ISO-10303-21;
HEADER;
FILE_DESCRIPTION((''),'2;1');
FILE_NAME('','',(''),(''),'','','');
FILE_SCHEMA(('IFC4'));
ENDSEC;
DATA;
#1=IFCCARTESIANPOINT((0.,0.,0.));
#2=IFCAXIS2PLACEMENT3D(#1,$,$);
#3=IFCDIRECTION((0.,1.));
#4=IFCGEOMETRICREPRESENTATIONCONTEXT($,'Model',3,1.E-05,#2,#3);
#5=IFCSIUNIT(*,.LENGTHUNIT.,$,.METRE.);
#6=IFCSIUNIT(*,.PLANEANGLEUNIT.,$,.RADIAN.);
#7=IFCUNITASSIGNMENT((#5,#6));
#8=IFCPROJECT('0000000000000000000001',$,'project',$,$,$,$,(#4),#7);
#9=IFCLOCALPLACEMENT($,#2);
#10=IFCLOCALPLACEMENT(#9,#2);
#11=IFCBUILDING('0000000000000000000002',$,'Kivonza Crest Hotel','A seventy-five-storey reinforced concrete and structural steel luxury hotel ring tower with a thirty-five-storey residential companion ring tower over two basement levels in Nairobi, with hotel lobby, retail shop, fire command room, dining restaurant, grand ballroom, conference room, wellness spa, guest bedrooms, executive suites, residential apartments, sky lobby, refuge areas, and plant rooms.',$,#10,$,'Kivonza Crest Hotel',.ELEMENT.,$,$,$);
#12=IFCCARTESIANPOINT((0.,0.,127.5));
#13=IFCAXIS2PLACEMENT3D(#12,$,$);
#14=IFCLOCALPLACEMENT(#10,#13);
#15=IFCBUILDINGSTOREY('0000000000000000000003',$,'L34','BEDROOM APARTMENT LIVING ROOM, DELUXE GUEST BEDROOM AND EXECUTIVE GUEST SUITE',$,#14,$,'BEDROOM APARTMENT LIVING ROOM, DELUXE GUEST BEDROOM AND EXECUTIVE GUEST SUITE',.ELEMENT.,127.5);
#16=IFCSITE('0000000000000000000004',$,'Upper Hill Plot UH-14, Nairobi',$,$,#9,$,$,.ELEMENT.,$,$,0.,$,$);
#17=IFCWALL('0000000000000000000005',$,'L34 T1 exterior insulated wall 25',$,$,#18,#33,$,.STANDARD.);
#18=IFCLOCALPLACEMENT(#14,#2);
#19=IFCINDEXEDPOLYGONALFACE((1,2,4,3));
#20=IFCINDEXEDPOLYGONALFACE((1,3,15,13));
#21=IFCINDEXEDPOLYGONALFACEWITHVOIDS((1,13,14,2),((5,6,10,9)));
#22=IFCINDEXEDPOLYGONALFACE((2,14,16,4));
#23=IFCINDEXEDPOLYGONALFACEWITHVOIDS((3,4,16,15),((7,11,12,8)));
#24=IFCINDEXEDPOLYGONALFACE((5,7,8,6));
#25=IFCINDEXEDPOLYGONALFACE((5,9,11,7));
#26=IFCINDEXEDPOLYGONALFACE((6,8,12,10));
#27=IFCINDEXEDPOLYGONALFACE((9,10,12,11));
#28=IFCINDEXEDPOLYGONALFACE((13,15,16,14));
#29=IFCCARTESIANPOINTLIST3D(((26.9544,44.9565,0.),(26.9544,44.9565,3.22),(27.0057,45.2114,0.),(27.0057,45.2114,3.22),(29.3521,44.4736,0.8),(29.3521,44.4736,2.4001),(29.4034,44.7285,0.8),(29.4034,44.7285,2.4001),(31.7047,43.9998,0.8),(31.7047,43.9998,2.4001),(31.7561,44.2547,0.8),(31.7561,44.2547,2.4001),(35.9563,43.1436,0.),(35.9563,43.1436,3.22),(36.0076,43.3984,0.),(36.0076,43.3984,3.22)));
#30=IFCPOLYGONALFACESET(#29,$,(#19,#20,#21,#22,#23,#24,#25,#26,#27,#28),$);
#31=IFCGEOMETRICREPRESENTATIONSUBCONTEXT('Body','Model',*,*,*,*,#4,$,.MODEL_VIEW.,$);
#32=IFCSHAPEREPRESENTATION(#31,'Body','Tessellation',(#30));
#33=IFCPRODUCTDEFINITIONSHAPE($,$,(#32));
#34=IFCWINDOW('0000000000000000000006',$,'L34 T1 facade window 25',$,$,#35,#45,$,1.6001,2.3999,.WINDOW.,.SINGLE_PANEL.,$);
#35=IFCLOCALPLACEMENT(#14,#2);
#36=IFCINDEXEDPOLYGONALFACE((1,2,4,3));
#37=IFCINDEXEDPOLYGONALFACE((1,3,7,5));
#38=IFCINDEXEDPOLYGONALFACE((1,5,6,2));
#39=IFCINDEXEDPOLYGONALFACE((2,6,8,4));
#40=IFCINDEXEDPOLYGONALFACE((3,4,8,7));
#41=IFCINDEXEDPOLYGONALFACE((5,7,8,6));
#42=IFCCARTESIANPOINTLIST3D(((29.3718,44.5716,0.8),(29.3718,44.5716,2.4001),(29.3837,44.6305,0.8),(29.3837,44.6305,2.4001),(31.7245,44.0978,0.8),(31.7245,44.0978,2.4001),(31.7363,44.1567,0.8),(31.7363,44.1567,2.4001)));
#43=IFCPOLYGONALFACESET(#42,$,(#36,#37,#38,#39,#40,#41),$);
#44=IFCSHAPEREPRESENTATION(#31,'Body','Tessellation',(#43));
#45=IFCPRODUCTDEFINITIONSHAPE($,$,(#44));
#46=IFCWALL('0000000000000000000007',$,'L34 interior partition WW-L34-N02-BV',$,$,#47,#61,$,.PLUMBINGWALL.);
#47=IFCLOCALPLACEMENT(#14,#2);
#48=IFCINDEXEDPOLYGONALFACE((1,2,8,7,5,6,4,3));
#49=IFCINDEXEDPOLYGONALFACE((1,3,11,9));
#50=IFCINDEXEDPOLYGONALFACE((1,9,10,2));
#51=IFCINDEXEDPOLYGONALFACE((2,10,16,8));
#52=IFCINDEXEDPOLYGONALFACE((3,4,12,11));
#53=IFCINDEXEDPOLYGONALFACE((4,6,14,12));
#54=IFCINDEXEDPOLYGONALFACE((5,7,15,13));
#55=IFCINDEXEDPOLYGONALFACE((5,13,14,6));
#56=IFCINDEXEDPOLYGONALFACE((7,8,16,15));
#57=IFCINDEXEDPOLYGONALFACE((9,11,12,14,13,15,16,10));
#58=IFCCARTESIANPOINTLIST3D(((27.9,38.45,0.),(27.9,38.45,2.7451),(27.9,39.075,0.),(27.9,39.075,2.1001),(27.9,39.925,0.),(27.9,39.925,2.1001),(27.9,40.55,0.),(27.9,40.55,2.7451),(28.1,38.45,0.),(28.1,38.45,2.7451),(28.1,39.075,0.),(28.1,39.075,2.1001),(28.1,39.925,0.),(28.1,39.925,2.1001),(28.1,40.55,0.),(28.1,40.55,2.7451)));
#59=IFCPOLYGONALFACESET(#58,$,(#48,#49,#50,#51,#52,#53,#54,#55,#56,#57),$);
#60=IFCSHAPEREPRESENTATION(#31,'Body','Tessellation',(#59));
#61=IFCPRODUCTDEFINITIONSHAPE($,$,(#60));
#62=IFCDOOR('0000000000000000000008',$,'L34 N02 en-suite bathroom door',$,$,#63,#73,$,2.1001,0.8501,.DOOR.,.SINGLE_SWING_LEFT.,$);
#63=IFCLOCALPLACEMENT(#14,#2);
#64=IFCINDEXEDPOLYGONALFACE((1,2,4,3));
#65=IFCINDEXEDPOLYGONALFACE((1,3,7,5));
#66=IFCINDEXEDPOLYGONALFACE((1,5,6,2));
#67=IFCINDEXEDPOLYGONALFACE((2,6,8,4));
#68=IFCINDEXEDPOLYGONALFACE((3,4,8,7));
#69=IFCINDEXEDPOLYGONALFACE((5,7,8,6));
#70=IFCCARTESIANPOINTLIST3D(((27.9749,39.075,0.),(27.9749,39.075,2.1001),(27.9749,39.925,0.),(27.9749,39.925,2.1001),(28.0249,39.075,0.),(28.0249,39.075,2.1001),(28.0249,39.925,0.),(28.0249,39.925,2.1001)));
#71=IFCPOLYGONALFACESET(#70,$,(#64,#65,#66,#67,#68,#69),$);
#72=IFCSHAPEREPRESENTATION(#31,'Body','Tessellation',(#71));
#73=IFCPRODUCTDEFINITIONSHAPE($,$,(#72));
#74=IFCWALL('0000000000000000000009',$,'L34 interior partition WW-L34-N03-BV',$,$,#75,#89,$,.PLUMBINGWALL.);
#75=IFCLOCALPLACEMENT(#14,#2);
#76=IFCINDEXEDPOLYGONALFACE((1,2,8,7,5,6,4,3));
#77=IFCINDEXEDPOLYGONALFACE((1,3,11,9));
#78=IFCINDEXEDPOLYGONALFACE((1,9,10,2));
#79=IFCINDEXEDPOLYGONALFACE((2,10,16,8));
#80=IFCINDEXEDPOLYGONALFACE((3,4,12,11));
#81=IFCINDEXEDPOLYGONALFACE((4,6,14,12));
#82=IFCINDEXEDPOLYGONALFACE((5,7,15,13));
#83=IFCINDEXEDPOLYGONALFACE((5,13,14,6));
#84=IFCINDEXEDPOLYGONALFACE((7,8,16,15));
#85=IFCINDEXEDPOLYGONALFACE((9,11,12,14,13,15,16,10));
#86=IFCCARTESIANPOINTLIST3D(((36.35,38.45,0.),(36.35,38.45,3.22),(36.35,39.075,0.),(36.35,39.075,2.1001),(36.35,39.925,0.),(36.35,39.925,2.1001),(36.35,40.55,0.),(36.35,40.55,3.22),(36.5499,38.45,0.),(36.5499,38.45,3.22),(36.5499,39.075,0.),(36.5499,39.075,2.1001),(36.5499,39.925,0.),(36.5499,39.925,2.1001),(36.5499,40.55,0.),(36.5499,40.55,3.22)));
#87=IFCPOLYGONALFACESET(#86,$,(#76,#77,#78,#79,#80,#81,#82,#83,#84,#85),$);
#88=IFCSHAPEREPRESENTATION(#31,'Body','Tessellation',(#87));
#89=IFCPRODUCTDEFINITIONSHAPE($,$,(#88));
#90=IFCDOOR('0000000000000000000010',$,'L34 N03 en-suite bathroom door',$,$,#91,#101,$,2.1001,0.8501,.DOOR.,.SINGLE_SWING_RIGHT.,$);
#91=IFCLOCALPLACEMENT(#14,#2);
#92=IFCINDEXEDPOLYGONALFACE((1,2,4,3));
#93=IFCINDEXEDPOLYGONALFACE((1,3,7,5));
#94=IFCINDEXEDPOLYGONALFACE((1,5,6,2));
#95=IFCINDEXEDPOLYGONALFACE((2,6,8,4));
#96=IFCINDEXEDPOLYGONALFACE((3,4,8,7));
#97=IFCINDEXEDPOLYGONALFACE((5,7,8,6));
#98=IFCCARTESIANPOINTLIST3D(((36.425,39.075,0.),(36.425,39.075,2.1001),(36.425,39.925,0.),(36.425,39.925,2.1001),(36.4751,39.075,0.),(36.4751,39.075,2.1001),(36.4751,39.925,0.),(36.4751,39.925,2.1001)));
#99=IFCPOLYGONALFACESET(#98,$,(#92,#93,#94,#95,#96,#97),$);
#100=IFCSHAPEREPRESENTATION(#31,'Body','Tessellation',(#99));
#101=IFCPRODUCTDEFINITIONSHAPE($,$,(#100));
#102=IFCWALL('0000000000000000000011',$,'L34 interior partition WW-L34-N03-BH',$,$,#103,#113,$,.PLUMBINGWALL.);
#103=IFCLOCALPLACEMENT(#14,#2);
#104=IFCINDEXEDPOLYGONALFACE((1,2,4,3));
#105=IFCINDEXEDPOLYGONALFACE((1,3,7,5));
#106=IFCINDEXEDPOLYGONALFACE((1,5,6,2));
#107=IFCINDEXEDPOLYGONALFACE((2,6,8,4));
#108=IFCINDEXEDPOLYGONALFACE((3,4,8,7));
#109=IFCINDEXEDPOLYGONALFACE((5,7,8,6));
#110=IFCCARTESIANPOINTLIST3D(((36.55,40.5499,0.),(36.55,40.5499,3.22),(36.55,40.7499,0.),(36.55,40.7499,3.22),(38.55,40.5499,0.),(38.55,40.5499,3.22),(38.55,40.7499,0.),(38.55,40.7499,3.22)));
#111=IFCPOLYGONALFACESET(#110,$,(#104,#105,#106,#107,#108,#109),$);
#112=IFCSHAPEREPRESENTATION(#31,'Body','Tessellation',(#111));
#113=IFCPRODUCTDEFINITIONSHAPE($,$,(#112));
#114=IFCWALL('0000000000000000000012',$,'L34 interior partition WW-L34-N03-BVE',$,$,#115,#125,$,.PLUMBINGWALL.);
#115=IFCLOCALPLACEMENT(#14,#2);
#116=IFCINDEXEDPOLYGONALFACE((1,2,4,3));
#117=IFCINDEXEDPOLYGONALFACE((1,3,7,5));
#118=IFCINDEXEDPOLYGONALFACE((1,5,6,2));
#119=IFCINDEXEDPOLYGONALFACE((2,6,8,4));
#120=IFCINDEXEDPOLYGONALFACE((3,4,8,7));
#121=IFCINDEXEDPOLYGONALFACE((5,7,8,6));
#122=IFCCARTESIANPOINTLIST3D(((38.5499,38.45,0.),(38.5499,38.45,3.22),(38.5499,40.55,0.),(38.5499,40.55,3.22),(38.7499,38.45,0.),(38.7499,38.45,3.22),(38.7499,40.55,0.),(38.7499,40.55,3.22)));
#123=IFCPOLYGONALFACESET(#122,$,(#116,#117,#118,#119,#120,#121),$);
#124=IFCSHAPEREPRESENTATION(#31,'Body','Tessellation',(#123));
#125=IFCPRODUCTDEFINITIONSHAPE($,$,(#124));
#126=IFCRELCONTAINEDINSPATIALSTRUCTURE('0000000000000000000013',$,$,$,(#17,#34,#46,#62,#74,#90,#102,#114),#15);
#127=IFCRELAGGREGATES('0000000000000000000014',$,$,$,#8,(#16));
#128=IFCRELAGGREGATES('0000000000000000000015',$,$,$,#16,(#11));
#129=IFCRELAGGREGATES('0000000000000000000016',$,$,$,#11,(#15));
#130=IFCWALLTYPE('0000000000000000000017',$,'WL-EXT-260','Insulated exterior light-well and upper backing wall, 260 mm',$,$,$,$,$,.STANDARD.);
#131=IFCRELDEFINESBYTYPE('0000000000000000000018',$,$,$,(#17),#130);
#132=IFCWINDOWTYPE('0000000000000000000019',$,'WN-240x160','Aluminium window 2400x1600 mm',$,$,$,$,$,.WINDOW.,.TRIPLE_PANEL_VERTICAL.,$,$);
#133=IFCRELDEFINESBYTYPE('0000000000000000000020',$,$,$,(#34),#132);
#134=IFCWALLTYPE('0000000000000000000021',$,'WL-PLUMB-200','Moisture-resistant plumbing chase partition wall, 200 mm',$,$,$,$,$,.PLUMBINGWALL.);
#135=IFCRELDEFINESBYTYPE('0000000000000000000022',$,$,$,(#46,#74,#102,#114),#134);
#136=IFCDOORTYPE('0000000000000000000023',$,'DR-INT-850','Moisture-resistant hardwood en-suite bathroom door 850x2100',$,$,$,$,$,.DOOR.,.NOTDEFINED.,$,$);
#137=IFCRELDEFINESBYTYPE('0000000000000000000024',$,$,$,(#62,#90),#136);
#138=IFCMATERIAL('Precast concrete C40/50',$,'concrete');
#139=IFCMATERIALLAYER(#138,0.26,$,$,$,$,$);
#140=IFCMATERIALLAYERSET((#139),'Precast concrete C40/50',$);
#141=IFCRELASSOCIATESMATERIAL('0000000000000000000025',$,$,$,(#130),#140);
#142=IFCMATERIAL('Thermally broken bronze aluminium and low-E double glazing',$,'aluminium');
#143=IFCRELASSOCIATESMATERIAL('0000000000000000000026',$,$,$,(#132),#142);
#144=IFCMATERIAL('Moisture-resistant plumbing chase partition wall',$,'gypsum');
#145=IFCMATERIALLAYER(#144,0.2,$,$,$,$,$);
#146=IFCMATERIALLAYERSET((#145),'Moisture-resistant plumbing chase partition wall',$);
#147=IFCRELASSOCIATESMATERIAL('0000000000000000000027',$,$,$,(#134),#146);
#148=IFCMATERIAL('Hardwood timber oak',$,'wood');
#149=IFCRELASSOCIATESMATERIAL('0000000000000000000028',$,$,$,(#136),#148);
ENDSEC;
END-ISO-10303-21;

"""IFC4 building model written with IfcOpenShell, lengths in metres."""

from ifc_helpers import new_model, si_unit, direction, frame, frame_2d, origin, place, context, subcontext, project, spatial, rectangle, extrude, material, layer, layer_set, type_object, element, fill, save


model = new_model("IFC4")

# Units and contexts
model_context = context("Model", 3, precision=1e-05, world=origin(), true_north=direction((0.0, 1.0)))
body_context = subcontext(model_context, "Body", "Model", "MODEL_VIEW")
ifc_project = project(units=[si_unit("LENGTHUNIT", "METRE"), si_unit("PLANEANGLEUNIT", "RADIAN")], contexts=[model_context])

# Site, building, storey
site_placement = place(None, origin())
site = spatial("IfcSite", under=ifc_project, at=site_placement, Name="Upper Hill Plot UH-14, Nairobi", CompositionType="ELEMENT", RefElevation=0.0)
building_placement = place(site_placement, origin())
building = spatial("IfcBuilding", under=site, at=building_placement, Name="Kivonza Crest Hotel", Description="A seventy-five-storey reinforced concrete and structural steel luxury hotel ring tower with a thirty-five-storey residential companion ring tower over two basement levels in Nairobi, with hotel lobby, retail shop, fire command room, dining restaurant, grand ballroom, conference room, wellness spa, guest bedrooms, executive suites, residential apartments, sky lobby, refuge areas, and plant rooms.", LongName="Kivonza Crest Hotel", CompositionType="ELEMENT")
storey_placement = place(building_placement, frame((0.0, 0.0, 127.5)))
storey = spatial("IfcBuildingStorey", under=building, at=storey_placement, Name="L34", Description="BEDROOM APARTMENT LIVING ROOM, DELUXE GUEST BEDROOM AND EXECUTIVE GUEST SUITE", LongName="BEDROOM APARTMENT LIVING ROOM, DELUXE GUEST BEDROOM AND EXECUTIVE GUEST SUITE", CompositionType="ELEMENT", Elevation=127.5)

# Shared definitions
ifc_material_1 = material(Name="Hardwood timber oak", Category="wood")

# Shared definitions
ifc_material_2 = material(Name="Precast concrete C40/50", Category="concrete")
ifc_layer_1 = layer(ifc_material_2, 0.26)
ifc_layer_set_1 = layer_set([ifc_layer_1], Name="Precast concrete C40/50")
wall_type_1 = type_object("IfcWallType", Name="WL-EXT-260", Description="Insulated exterior light-well and upper backing wall, 260 mm", PredefinedType="STANDARD", material=ifc_layer_set_1)

# Wall, opening, window
ifc_material_3 = material(Name="Thermally broken bronze aluminium and low-E double glazing", Category="aluminium")
wall_1_placement = place(storey_placement, frame((35.9819, 43.271, 0.0), z_axis=(0.0, 0.0, 1.0), x_axis=(-0.980316, 0.197435, 0.0)))
wall_1 = element("IfcWall", 1, at=wall_1_placement, inside=storey, type_object=wall_type_1, Name="L34 T1 exterior insulated wall 25", PredefinedType="STANDARD", context=body_context, shape_type="SweptSolid", body=[
    extrude(rectangle(XDim=9.1826, YDim=0.26, at=frame_2d((4.5913, 0.0))), origin(), (0.0, 0.0, 1.0), 3.22),
])
opening_1_placement = place(wall_1_placement, frame((4.3369, 0.0, 0.8)))
opening_1 = element("IfcOpeningElement", 2, at=opening_1_placement, cuts=wall_1, PredefinedType="OPENING", context=body_context, shape_type="SweptSolid", body=[
    extrude(rectangle(XDim=2.3999, YDim=1.6001, at=frame_2d((1.2, 0.8))), frame((0.0, 0.1401, 0.0), z_axis=(0.0, -1.0, 0.0), x_axis=(1.0, 0.0, 0.0)), (0.0, 0.0, 1.0), 0.28),
])
window_type_1 = type_object("IfcWindowType", Name="WN-240x160", Description="Aluminium window 2400x1600 mm", PartitioningType="TRIPLE_PANEL_VERTICAL", PredefinedType="WINDOW", material=ifc_material_3)
window_1_placement = place(opening_1_placement, origin())
window_1 = element("IfcWindow", 3, at=window_1_placement, inside=storey, type_object=window_type_1, Name="L34 T1 facade window 25", OverallHeight=1.6001, OverallWidth=2.3999, PartitioningType="SINGLE_PANEL", PredefinedType="WINDOW", context=body_context, shape_type="SweptSolid", body=[
    extrude(rectangle(XDim=2.3999, YDim=1.6001, at=frame_2d((1.2, 0.8))), frame((0.0, 0.03, 0.0), z_axis=(0.0, -1.0, 0.0), x_axis=(1.0, 0.0, 0.0)), (0.0, 0.0, 1.0), 0.0601),
])
fill(opening_1, window_1)

# Walls, openings, doors
ifc_material_4 = material(Name="Moisture-resistant plumbing chase partition wall", Category="gypsum")
ifc_layer_2 = layer(ifc_material_4, 0.2)
ifc_layer_set_2 = layer_set([ifc_layer_2], Name="Moisture-resistant plumbing chase partition wall")
wall_type_2 = type_object("IfcWallType", Name="WL-PLUMB-200", Description="Moisture-resistant plumbing chase partition wall, 200 mm", PredefinedType="PLUMBINGWALL", material=ifc_layer_set_2)
wall_2_placement = place(storey_placement, frame((28.0, 38.45, 0.0), z_axis=(0.0, 0.0, 1.0), x_axis=(0.0, 1.0, 0.0)))
wall_2 = element("IfcWall", 4, at=wall_2_placement, inside=storey, type_object=wall_type_2, Name="L34 interior partition WW-L34-N02-BV", PredefinedType="PLUMBINGWALL", context=body_context, shape_type="SweptSolid", body=[
    extrude(rectangle(XDim=2.1001, YDim=0.2, at=frame_2d((1.05, 0.0))), origin(), (0.0, 0.0, 1.0), 2.7451),
])
opening_2_placement = place(wall_2_placement, frame((0.625, 0.0, 0.0)))
opening_2 = element("IfcOpeningElement", 5, at=opening_2_placement, cuts=wall_2, PredefinedType="OPENING", context=body_context, shape_type="SweptSolid", body=[
    extrude(rectangle(XDim=0.8501, YDim=2.1001, at=frame_2d((0.425, 1.05))), frame((0.0, 0.1099, 0.0), z_axis=(0.0, -1.0, 0.0), x_axis=(1.0, 0.0, 0.0)), (0.0, 0.0, 1.0), 0.22),
])
door_type_1 = type_object("IfcDoorType", Name="DR-INT-850", Description="Moisture-resistant hardwood en-suite bathroom door 850x2100", OperationType="NOTDEFINED", PredefinedType="DOOR", material=ifc_material_1)
door_1_placement = place(opening_2_placement, frame((0.8501, 0.0, 0.0), z_axis=(0.0, 0.0, 1.0), x_axis=(-1.0, 0.0, 0.0)))
door_1 = element("IfcDoor", 6, at=door_1_placement, inside=storey, type_object=door_type_1, Name="L34 N02 en-suite bathroom door", OperationType="SINGLE_SWING_LEFT", OverallHeight=2.1001, OverallWidth=0.8501, PredefinedType="DOOR", context=body_context, shape_type="SweptSolid", body=[
    extrude(rectangle(XDim=0.8501, YDim=2.1001, at=frame_2d((0.425, 1.05))), frame((0.0, 0.0249, 0.0), z_axis=(0.0, -1.0, 0.0), x_axis=(1.0, 0.0, 0.0)), (0.0, 0.0, 1.0), 0.05),
])
fill(opening_2, door_1)
wall_3_placement = place(storey_placement, frame((36.45, 38.45, 0.0), z_axis=(0.0, 0.0, 1.0), x_axis=(0.0, 1.0, 0.0)))
wall_3 = element("IfcWall", 7, at=wall_3_placement, inside=storey, type_object=wall_type_2, Name="L34 interior partition WW-L34-N03-BV", PredefinedType="PLUMBINGWALL", context=body_context, shape_type="SweptSolid", body=[
    extrude(rectangle(XDim=2.1001, YDim=0.2, at=frame_2d((1.05, 0.0))), origin(), (0.0, 0.0, 1.0), 3.22),
])
opening_3_placement = place(wall_3_placement, frame((0.625, 0.0, 0.0)))
opening_3 = element("IfcOpeningElement", 8, at=opening_3_placement, cuts=wall_3, PredefinedType="OPENING", context=body_context, shape_type="SweptSolid", body=[
    extrude(rectangle(XDim=0.8501, YDim=2.1001, at=frame_2d((0.425, 1.05))), frame((0.0, 0.1099, 0.0), z_axis=(0.0, -1.0, 0.0), x_axis=(1.0, 0.0, 0.0)), (0.0, 0.0, 1.0), 0.22),
])
door_2_placement = place(opening_3_placement, origin())
door_2 = element("IfcDoor", 9, at=door_2_placement, inside=storey, type_object=door_type_1, Name="L34 N03 en-suite bathroom door", OperationType="SINGLE_SWING_RIGHT", OverallHeight=2.1001, OverallWidth=0.8501, PredefinedType="DOOR", context=body_context, shape_type="SweptSolid", body=[
    extrude(rectangle(XDim=0.8501, YDim=2.1001, at=frame_2d((0.425, 1.05))), frame((0.0, 0.0249, 0.0), z_axis=(0.0, -1.0, 0.0), x_axis=(1.0, 0.0, 0.0)), (0.0, 0.0, 1.0), 0.05),
])
fill(opening_3, door_2)

# Walls
wall_4_placement = place(storey_placement, frame((36.55, 40.6499, 0.0), z_axis=(0.0, 0.0, 1.0), x_axis=(1.0, 0.0, 0.0)))
element("IfcWall", 10, at=wall_4_placement, inside=storey, type_object=wall_type_2, Name="L34 interior partition WW-L34-N03-BH", PredefinedType="PLUMBINGWALL", context=body_context, shape_type="SweptSolid", body=[
    extrude(rectangle(XDim=2.0, YDim=0.2, at=frame_2d((1.0, 0.0))), origin(), (0.0, 0.0, 1.0), 3.22),
])
wall_5_placement = place(storey_placement, frame((38.6499, 38.45, 0.0), z_axis=(0.0, 0.0, 1.0), x_axis=(0.0, 1.0, 0.0)))
element("IfcWall", 11, at=wall_5_placement, inside=storey, type_object=wall_type_2, Name="L34 interior partition WW-L34-N03-BVE", PredefinedType="PLUMBINGWALL", context=body_context, shape_type="SweptSolid", body=[
    extrude(rectangle(XDim=2.1001, YDim=0.2, at=frame_2d((1.05, 0.0))), origin(), (0.0, 0.0, 1.0), 3.22),
])

save(model, "model.ifc")
